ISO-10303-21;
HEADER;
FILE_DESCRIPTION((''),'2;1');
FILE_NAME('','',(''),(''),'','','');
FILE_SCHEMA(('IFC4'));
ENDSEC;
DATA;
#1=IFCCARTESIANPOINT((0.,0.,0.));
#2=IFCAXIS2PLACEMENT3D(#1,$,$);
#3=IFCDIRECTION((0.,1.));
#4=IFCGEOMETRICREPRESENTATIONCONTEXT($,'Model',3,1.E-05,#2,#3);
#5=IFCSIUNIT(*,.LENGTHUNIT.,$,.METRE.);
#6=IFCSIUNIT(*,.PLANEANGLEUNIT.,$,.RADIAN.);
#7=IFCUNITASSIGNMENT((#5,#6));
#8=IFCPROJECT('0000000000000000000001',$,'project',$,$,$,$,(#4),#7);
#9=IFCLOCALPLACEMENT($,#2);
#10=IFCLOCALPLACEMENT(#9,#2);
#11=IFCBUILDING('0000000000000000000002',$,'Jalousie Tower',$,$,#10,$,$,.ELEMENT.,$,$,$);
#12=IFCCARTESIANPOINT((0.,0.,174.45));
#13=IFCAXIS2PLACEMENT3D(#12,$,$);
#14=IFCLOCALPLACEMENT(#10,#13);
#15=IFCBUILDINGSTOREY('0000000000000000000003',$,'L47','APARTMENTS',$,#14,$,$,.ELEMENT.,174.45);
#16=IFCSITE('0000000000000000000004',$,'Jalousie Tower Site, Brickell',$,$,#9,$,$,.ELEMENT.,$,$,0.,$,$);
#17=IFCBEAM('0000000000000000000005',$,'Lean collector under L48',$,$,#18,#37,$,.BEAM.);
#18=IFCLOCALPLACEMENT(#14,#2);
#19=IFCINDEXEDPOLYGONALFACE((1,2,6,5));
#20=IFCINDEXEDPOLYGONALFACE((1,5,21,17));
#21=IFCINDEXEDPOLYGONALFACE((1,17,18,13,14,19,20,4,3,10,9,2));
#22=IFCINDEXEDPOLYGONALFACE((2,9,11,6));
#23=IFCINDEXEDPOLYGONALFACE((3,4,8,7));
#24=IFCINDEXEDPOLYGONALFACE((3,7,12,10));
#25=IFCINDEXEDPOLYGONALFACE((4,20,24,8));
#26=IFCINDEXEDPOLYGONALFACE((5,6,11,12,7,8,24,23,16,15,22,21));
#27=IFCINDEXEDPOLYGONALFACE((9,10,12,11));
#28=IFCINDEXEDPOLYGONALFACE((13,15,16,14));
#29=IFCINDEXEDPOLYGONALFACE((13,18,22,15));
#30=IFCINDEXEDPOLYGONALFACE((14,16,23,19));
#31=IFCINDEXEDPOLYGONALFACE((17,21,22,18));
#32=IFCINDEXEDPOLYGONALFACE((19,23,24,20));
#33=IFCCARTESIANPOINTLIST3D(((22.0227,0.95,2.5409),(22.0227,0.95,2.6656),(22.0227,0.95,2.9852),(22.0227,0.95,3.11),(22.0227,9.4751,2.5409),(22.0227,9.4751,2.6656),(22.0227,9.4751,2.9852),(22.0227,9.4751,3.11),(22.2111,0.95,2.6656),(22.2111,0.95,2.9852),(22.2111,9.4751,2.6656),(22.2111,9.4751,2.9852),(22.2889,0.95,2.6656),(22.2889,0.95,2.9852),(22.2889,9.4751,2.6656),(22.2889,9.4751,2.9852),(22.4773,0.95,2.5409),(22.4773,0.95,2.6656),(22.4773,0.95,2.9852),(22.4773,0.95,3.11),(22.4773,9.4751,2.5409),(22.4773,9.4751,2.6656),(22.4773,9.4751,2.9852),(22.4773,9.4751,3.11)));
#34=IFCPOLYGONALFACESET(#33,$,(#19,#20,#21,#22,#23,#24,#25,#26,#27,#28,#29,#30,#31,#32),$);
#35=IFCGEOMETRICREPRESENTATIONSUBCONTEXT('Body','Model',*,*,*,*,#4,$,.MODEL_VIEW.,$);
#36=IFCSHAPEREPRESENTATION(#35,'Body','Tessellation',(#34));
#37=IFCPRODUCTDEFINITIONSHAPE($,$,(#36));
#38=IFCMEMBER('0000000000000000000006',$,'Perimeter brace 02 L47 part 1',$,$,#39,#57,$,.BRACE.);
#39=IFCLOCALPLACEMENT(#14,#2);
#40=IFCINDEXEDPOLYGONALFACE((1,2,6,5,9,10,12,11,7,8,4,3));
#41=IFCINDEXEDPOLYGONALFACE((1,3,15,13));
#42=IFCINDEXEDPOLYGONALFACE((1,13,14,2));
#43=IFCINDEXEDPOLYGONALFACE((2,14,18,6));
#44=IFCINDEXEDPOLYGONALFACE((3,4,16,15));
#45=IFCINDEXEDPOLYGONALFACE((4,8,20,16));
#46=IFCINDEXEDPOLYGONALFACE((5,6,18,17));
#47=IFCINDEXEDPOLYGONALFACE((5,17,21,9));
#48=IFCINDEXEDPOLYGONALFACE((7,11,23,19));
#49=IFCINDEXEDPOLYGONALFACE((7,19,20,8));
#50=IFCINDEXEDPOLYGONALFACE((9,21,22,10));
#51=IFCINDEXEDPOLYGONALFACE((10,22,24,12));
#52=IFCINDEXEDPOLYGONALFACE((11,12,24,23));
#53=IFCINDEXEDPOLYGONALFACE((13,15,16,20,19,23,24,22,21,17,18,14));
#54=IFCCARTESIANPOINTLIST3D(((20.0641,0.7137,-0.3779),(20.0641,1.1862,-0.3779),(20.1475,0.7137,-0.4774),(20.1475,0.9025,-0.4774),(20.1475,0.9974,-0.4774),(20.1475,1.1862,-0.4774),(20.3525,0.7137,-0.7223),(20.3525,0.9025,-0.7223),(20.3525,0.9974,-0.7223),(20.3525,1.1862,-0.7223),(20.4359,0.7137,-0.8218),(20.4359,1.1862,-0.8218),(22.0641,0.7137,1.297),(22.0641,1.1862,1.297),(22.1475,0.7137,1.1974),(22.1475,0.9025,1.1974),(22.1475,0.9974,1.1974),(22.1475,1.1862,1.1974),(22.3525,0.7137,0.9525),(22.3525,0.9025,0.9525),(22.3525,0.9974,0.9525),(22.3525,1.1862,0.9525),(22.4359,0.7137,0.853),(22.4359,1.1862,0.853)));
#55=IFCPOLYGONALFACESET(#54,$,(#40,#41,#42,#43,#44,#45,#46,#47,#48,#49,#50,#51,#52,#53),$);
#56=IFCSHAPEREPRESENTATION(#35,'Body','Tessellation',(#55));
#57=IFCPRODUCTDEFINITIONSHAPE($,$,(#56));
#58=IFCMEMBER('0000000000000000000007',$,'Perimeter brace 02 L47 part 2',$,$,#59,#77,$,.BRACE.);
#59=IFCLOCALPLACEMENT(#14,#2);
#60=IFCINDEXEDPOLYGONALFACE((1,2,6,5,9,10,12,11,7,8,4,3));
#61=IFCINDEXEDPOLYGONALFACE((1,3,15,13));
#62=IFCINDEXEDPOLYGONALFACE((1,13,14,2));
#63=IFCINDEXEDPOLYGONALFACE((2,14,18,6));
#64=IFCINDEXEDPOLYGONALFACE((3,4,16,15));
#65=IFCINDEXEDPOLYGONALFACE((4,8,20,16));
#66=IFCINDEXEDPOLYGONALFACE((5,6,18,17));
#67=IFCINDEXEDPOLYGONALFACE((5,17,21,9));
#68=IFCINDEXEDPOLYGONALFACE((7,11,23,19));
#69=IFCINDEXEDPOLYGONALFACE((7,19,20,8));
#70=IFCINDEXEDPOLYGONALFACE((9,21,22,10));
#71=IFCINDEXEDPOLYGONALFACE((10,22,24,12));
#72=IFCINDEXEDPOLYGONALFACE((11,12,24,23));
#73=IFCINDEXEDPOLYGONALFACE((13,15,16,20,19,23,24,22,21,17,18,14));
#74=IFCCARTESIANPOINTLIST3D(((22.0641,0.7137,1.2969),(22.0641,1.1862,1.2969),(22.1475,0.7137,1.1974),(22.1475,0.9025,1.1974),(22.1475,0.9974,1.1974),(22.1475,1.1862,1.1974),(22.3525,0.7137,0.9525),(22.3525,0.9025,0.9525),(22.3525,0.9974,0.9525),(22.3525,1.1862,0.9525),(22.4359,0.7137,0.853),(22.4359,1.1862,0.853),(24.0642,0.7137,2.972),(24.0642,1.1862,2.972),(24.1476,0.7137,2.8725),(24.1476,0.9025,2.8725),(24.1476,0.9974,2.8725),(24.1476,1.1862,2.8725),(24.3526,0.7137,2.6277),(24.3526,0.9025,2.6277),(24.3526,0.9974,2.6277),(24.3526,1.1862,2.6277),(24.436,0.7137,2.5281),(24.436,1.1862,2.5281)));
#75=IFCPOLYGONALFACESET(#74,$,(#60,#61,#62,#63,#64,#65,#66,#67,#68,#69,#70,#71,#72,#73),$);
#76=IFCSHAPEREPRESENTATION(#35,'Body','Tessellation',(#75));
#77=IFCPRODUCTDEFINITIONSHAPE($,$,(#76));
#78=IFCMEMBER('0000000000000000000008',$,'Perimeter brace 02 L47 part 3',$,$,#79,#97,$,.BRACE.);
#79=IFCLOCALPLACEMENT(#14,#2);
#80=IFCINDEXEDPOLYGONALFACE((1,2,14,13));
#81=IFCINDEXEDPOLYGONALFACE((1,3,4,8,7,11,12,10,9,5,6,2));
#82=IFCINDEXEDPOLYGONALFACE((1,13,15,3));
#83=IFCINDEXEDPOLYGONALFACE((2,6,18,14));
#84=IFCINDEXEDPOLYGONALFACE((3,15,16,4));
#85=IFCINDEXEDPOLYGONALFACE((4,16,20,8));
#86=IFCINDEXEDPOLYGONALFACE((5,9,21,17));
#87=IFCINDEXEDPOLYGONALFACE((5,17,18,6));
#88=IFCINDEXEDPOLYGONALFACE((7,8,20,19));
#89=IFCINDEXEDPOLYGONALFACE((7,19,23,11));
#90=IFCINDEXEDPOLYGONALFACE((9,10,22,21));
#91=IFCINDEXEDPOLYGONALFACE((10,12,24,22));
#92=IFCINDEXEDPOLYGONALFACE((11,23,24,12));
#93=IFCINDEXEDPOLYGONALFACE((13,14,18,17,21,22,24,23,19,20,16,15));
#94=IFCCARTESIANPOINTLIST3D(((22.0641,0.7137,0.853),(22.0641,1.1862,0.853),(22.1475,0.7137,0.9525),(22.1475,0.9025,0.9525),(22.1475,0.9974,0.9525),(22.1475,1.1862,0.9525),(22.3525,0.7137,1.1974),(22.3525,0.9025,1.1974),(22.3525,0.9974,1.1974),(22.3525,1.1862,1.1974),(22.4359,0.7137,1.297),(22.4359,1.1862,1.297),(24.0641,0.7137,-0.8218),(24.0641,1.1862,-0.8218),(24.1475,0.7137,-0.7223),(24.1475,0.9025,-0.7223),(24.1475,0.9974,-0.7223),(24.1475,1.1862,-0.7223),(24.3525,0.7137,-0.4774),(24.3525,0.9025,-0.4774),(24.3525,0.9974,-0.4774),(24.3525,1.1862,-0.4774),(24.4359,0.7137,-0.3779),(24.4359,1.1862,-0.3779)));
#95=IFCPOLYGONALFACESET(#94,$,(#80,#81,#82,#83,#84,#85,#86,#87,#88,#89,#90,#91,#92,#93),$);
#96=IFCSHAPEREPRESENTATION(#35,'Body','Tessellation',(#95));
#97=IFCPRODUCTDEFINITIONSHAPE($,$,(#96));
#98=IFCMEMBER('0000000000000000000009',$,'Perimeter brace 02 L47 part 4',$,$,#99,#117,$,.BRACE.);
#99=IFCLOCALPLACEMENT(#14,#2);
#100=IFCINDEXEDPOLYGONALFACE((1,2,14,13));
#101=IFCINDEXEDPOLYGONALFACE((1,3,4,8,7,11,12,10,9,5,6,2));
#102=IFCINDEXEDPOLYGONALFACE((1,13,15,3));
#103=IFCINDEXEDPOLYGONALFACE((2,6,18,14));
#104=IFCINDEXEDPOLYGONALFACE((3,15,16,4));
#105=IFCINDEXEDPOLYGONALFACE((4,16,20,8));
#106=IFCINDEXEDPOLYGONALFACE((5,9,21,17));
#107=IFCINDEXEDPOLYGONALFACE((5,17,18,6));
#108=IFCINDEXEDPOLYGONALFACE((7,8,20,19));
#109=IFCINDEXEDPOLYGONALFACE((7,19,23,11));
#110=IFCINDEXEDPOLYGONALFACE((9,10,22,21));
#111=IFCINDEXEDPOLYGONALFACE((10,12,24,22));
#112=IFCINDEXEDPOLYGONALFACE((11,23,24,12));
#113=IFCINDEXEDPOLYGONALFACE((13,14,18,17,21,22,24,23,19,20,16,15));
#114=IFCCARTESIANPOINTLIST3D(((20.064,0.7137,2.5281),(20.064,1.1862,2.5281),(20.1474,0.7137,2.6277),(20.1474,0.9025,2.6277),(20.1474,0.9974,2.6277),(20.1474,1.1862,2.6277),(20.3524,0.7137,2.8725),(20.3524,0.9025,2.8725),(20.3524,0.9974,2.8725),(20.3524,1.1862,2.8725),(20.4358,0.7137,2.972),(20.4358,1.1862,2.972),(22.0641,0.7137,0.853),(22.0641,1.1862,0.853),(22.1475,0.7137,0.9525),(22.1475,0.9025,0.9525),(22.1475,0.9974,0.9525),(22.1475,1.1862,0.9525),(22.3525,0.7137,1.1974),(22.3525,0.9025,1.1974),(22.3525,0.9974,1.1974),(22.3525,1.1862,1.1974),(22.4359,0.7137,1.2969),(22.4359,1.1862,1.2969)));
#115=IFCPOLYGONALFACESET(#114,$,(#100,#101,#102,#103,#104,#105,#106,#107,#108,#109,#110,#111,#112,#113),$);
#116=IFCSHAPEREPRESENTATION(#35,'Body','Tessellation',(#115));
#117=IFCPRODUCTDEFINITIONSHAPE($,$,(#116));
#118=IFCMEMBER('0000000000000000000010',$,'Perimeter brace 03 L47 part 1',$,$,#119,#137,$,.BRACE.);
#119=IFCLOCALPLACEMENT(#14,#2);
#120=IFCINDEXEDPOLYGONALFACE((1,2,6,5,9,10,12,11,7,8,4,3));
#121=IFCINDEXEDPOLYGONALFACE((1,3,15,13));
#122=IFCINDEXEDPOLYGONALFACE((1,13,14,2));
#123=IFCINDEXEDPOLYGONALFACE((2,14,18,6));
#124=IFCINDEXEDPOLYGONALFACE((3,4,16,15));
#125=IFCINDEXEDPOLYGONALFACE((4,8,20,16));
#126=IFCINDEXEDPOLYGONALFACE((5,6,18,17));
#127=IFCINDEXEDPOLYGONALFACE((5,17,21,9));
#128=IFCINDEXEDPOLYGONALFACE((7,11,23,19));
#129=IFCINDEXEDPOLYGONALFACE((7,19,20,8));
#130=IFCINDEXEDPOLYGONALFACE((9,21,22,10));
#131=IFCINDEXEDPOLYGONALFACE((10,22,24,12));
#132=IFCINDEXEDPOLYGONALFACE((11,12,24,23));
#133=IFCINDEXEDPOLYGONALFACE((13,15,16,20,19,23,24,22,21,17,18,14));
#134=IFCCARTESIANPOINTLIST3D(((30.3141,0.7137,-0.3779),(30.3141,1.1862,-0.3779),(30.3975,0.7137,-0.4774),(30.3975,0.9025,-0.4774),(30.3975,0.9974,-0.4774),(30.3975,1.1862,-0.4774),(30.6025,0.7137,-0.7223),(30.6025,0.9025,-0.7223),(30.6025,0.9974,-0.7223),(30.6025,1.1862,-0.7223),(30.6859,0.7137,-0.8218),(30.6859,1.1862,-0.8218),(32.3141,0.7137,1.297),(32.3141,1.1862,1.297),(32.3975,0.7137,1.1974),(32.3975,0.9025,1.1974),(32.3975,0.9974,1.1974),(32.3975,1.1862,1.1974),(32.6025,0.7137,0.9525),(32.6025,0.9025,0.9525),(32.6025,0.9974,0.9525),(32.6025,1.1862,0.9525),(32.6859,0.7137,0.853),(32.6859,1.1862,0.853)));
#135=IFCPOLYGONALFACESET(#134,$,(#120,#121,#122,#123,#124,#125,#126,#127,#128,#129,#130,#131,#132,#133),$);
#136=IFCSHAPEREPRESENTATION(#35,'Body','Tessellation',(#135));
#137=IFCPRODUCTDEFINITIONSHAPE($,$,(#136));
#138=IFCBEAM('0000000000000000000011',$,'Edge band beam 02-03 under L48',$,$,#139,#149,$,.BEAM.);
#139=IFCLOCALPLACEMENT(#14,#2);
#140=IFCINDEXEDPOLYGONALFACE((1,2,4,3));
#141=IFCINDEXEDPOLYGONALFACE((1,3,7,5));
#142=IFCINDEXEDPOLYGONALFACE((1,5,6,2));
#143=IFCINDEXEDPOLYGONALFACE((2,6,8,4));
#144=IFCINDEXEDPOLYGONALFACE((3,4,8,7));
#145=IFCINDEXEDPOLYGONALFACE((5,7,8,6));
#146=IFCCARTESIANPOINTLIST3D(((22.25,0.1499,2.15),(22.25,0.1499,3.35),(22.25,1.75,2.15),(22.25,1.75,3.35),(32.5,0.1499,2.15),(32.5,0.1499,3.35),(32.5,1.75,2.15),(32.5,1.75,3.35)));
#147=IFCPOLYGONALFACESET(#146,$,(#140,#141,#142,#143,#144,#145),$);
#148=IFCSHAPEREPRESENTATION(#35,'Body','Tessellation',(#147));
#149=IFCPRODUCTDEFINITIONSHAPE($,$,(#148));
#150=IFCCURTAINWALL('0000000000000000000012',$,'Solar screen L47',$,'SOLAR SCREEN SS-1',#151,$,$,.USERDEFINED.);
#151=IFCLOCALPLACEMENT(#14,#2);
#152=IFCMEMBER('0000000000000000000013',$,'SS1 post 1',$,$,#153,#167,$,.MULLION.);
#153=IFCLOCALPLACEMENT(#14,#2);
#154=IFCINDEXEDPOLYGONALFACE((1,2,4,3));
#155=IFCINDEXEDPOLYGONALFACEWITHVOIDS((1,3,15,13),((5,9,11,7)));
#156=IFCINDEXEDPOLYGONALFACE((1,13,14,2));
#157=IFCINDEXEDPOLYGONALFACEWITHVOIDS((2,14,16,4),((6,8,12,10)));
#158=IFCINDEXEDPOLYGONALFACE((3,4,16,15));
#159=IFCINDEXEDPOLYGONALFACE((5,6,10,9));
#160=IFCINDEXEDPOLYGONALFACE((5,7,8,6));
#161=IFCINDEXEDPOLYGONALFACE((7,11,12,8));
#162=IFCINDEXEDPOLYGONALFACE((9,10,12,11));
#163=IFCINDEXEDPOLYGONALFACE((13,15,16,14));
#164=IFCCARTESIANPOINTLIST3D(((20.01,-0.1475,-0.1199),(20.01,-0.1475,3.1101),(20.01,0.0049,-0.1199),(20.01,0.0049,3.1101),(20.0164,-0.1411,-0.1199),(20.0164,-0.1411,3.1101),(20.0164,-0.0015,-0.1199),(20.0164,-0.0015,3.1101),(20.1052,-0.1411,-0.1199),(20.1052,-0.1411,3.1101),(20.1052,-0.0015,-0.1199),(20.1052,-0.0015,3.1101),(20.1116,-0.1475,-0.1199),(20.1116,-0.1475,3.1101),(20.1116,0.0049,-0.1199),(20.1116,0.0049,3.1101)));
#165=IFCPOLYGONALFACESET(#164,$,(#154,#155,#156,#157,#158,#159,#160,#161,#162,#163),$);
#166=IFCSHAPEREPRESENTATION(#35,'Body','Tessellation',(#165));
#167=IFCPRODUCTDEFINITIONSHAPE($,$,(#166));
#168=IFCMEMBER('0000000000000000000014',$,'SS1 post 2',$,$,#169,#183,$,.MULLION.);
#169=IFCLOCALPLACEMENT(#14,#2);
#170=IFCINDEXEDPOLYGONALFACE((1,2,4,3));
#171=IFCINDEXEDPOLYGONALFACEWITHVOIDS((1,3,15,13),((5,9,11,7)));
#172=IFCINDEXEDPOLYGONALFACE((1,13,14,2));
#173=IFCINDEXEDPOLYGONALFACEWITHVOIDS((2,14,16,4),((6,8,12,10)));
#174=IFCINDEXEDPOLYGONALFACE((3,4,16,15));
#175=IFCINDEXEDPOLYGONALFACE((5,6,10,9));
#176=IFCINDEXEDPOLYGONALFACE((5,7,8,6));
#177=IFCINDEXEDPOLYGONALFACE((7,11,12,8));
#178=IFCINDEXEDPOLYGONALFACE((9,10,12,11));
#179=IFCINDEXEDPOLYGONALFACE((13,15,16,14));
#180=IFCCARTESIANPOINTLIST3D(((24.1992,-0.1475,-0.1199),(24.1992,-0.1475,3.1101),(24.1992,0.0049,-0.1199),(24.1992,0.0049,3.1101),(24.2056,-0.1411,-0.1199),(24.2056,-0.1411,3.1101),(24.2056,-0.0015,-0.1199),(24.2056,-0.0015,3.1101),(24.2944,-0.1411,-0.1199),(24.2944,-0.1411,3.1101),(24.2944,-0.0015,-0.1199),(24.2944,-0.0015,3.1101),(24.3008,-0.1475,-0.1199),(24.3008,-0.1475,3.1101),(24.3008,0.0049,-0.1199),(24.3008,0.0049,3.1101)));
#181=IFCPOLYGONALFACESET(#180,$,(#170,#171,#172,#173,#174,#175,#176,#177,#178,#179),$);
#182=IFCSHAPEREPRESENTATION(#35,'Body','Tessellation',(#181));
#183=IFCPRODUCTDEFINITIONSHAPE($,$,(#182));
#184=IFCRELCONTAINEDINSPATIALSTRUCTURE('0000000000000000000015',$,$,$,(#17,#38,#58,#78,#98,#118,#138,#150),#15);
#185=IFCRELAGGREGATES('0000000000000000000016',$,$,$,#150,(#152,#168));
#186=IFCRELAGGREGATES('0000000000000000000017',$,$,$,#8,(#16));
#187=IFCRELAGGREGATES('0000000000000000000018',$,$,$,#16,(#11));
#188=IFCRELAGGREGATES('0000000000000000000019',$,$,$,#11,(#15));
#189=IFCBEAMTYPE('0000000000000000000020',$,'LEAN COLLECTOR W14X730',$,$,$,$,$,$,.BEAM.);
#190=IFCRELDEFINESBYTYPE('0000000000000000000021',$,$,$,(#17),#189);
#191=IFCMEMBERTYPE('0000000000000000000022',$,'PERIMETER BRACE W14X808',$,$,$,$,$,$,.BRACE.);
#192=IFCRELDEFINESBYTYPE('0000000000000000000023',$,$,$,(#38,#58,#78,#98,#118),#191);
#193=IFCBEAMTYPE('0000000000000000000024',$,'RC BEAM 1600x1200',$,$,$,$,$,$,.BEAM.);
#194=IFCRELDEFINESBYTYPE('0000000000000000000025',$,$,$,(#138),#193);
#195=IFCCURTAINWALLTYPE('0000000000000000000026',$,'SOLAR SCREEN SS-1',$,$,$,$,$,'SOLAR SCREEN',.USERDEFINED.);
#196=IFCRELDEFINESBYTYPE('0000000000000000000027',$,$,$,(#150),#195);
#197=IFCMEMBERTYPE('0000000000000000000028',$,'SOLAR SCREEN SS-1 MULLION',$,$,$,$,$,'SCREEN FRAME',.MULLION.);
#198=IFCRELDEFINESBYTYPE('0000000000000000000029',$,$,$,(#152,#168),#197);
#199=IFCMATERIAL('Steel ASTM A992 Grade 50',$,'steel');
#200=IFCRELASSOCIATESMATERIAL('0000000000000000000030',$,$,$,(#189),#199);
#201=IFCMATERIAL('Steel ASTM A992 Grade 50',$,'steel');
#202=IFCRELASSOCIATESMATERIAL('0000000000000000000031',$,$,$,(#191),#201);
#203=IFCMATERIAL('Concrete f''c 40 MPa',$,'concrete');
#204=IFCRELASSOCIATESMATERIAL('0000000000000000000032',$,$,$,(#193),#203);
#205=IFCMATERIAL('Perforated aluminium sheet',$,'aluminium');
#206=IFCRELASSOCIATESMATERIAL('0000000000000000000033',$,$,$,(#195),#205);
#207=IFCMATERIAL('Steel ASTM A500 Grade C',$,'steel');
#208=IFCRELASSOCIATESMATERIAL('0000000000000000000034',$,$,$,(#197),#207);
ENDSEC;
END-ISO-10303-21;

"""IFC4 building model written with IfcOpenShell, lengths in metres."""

from ifc_helpers import new_model, si_unit, direction, frame, origin, origin_2d, place, context, subcontext, project, spatial, rectangle, hollow_rectangle, i_section, extrude, material, material_profile, profile_set, type_object, element, aggregate, save


model = new_model("IFC4")

# Units and contexts
model_context = context("Model", 3, precision=1e-05, world=origin(), true_north=direction((0.0, 1.0)))
body_context = subcontext(model_context, "Body", "Model", "MODEL_VIEW")
ifc_project = project(units=[si_unit("LENGTHUNIT", "METRE"), si_unit("PLANEANGLEUNIT", "RADIAN")], contexts=[model_context])

# Site, building, storey
site_placement = place(None, origin())
site = spatial("IfcSite", under=ifc_project, at=site_placement, Name="Jalousie Tower Site, Brickell", CompositionType="ELEMENT", RefElevation=0.0)
building_placement = place(site_placement, origin())
building = spatial("IfcBuilding", under=site, at=building_placement, Name="Jalousie Tower", CompositionType="ELEMENT")
storey_placement = place(building_placement, frame((0.0, 0.0, 174.45)))
storey = spatial("IfcBuildingStorey", under=building, at=storey_placement, Name="L47", Description="APARTMENTS", CompositionType="ELEMENT", Elevation=174.45)

# Beam
ifc_material_1 = material(Name="Steel ASTM A992 Grade 50", Category="steel")
ifc_material_profile_1 = material_profile(ifc_material_1, i_section(OverallWidth=0.4546, OverallDepth=0.5691, WebThickness=0.0779, FlangeThickness=0.1248, at=origin_2d()), Name="W14X730")
ifc_profile_set_1 = profile_set([ifc_material_profile_1], Name="Steel ASTM A992 Grade 50")
beam_type_1 = type_object("IfcBeamType", Name="LEAN COLLECTOR W14X730", PredefinedType="BEAM", material=ifc_profile_set_1)
beam_1_placement = place(storey_placement, frame((22.25, 0.95, 2.8254), z_axis=(0.0, 1.0, 0.0), x_axis=(-1.0, 0.0, 0.0)))
element("IfcBeam", 1, at=beam_1_placement, inside=storey, type_object=beam_type_1, Name="Lean collector under L48", PredefinedType="BEAM", context=body_context, shape_type="SweptSolid", body=[
    extrude(i_section(OverallWidth=0.4546, OverallDepth=0.5691, WebThickness=0.0779, FlangeThickness=0.1248, at=origin_2d()), origin(), (0.0, 0.0, 1.0), 8.5251),
])

# Members
ifc_material_2 = material(Name="Steel ASTM A992 Grade 50", Category="steel")
ifc_material_profile_2 = material_profile(ifc_material_2, i_section(OverallWidth=0.4724, OverallDepth=0.5791, WebThickness=0.095, FlangeThickness=0.1299, at=origin_2d()), Name="W14X808")
ifc_profile_set_2 = profile_set([ifc_material_profile_2], Name="Steel ASTM A992 Grade 50")
member_type_1 = type_object("IfcMemberType", Name="PERIMETER BRACE W14X808", PredefinedType="BRACE", material=ifc_profile_set_2)
member_1_placement = place(storey_placement, frame((20.25, 0.95, -0.5999), z_axis=(0.766685, 0.0, 0.642024), x_axis=(0.0, 1.0, 0.0)))
element("IfcMember", 2, at=member_1_placement, inside=storey, type_object=member_type_1, Name="Perimeter brace 02 L47 part 1", PredefinedType="BRACE", context=body_context, shape_type="SweptSolid", body=[
    extrude(i_section(OverallWidth=0.4724, OverallDepth=0.5791, WebThickness=0.095, FlangeThickness=0.1299, at=origin_2d()), origin(), (0.0, 0.0, 1.0), 2.6086),
])
member_2_placement = place(storey_placement, frame((22.25, 0.95, 1.075), z_axis=(0.766639, 0.0, 0.642079), x_axis=(0.0, 1.0, 0.0)))
element("IfcMember", 3, at=member_2_placement, inside=storey, type_object=member_type_1, Name="Perimeter brace 02 L47 part 2", PredefinedType="BRACE", context=body_context, shape_type="SweptSolid", body=[
    extrude(i_section(OverallWidth=0.4724, OverallDepth=0.5791, WebThickness=0.095, FlangeThickness=0.1299, at=origin_2d()), origin(), (0.0, 0.0, 1.0), 2.6089),
])
member_3_placement = place(storey_placement, frame((24.25, 0.95, -0.5999), z_axis=(-0.766685, 0.0, 0.642024), x_axis=(0.0, -1.0, 0.0)))
element("IfcMember", 4, at=member_3_placement, inside=storey, type_object=member_type_1, Name="Perimeter brace 02 L47 part 3", PredefinedType="BRACE", context=body_context, shape_type="SweptSolid", body=[
    extrude(i_section(OverallWidth=0.4724, OverallDepth=0.5791, WebThickness=0.095, FlangeThickness=0.1299, at=origin_2d()), origin(), (0.0, 0.0, 1.0), 2.6086),
])
member_4_placement = place(storey_placement, frame((22.25, 0.95, 1.075), z_axis=(-0.766639, 0.0, 0.642079), x_axis=(0.0, -1.0, 0.0)))
element("IfcMember", 5, at=member_4_placement, inside=storey, type_object=member_type_1, Name="Perimeter brace 02 L47 part 4", PredefinedType="BRACE", context=body_context, shape_type="SweptSolid", body=[
    extrude(i_section(OverallWidth=0.4724, OverallDepth=0.5791, WebThickness=0.095, FlangeThickness=0.1299, at=origin_2d()), origin(), (0.0, 0.0, 1.0), 2.6089),
])
member_5_placement = place(storey_placement, frame((30.5, 0.95, -0.5999), z_axis=(0.766685, 0.0, 0.642024), x_axis=(0.0, 1.0, 0.0)))
element("IfcMember", 6, at=member_5_placement, inside=storey, type_object=member_type_1, Name="Perimeter brace 03 L47 part 1", PredefinedType="BRACE", context=body_context, shape_type="SweptSolid", body=[
    extrude(i_section(OverallWidth=0.4724, OverallDepth=0.5791, WebThickness=0.095, FlangeThickness=0.1299, at=origin_2d()), origin(), (0.0, 0.0, 1.0), 2.6086),
])

# Beam
ifc_material_3 = material(Name="Concrete f'c 40 MPa", Category="concrete")
ifc_material_profile_3 = material_profile(ifc_material_3, rectangle(XDim=1.6001, YDim=1.2, at=origin_2d()), Name="RC 1600x1200")
ifc_profile_set_3 = profile_set([ifc_material_profile_3], Name="Concrete f'c 40 MPa")
beam_type_2 = type_object("IfcBeamType", Name="RC BEAM 1600x1200", PredefinedType="BEAM", material=ifc_profile_set_3)
beam_2_placement = place(storey_placement, frame((22.25, 0.95, 2.75), z_axis=(1.0, 0.0, 0.0), x_axis=(0.0, 1.0, 0.0)))
element("IfcBeam", 7, at=beam_2_placement, inside=storey, type_object=beam_type_2, Name="Edge band beam 02-03 under L48", PredefinedType="BEAM", context=body_context, shape_type="SweptSolid", body=[
    extrude(rectangle(XDim=1.6001, YDim=1.2, at=origin_2d()), origin(), (0.0, 0.0, 1.0), 10.25),
])

# Curtain wall, members
ifc_material_4 = material(Name="Perforated aluminium sheet", Category="aluminium")
curtain_wall_type = type_object("IfcCurtainWallType", Name="SOLAR SCREEN SS-1", ElementType="SOLAR SCREEN", PredefinedType="USERDEFINED", material=ifc_material_4)
curtain_wall_1_placement = place(storey_placement, origin())
curtain_wall_1 = element("IfcCurtainWall", 8, at=curtain_wall_1_placement, inside=storey, type_object=curtain_wall_type, Name="Solar screen L47", ObjectType="SOLAR SCREEN SS-1", PredefinedType="USERDEFINED")
ifc_material_5 = material(Name="Steel ASTM A500 Grade C", Category="steel")
ifc_material_profile_4 = material_profile(ifc_material_5, hollow_rectangle(XDim=0.1016, YDim=0.1523, WallThickness=0.0063, at=origin_2d()), Name="HSS6X4X1/4")
ifc_profile_set_4 = profile_set([ifc_material_profile_4], Name="Steel ASTM A500 Grade C")
member_type_2 = type_object("IfcMemberType", Name="SOLAR SCREEN SS-1 MULLION", ElementType="SCREEN FRAME", PredefinedType="MULLION", material=ifc_profile_set_4)
member_6_placement = place(storey_placement, frame((20.0608, -0.0713, -0.1199), z_axis=(0.0, 0.0, 1.0), x_axis=(1.0, 0.0, 0.0)))
member_6 = element("IfcMember", 9, at=member_6_placement, type_object=member_type_2, Name="SS1 post 1", PredefinedType="MULLION", context=body_context, shape_type="SweptSolid", body=[
    extrude(hollow_rectangle(XDim=0.1016, YDim=0.1523, WallThickness=0.0063, at=origin_2d()), origin(), (0.0, 0.0, 1.0), 3.23),
])
member_7_placement = place(storey_placement, frame((24.25, -0.0713, -0.1199), z_axis=(0.0, 0.0, 1.0), x_axis=(1.0, 0.0, 0.0)))
member_7 = element("IfcMember", 10, at=member_7_placement, type_object=member_type_2, Name="SS1 post 2", PredefinedType="MULLION", context=body_context, shape_type="SweptSolid", body=[
    extrude(hollow_rectangle(XDim=0.1016, YDim=0.1523, WallThickness=0.0063, at=origin_2d()), origin(), (0.0, 0.0, 1.0), 3.23),
])

aggregate(curtain_wall_1, [member_6, member_7])

save(model, "model.ifc")
